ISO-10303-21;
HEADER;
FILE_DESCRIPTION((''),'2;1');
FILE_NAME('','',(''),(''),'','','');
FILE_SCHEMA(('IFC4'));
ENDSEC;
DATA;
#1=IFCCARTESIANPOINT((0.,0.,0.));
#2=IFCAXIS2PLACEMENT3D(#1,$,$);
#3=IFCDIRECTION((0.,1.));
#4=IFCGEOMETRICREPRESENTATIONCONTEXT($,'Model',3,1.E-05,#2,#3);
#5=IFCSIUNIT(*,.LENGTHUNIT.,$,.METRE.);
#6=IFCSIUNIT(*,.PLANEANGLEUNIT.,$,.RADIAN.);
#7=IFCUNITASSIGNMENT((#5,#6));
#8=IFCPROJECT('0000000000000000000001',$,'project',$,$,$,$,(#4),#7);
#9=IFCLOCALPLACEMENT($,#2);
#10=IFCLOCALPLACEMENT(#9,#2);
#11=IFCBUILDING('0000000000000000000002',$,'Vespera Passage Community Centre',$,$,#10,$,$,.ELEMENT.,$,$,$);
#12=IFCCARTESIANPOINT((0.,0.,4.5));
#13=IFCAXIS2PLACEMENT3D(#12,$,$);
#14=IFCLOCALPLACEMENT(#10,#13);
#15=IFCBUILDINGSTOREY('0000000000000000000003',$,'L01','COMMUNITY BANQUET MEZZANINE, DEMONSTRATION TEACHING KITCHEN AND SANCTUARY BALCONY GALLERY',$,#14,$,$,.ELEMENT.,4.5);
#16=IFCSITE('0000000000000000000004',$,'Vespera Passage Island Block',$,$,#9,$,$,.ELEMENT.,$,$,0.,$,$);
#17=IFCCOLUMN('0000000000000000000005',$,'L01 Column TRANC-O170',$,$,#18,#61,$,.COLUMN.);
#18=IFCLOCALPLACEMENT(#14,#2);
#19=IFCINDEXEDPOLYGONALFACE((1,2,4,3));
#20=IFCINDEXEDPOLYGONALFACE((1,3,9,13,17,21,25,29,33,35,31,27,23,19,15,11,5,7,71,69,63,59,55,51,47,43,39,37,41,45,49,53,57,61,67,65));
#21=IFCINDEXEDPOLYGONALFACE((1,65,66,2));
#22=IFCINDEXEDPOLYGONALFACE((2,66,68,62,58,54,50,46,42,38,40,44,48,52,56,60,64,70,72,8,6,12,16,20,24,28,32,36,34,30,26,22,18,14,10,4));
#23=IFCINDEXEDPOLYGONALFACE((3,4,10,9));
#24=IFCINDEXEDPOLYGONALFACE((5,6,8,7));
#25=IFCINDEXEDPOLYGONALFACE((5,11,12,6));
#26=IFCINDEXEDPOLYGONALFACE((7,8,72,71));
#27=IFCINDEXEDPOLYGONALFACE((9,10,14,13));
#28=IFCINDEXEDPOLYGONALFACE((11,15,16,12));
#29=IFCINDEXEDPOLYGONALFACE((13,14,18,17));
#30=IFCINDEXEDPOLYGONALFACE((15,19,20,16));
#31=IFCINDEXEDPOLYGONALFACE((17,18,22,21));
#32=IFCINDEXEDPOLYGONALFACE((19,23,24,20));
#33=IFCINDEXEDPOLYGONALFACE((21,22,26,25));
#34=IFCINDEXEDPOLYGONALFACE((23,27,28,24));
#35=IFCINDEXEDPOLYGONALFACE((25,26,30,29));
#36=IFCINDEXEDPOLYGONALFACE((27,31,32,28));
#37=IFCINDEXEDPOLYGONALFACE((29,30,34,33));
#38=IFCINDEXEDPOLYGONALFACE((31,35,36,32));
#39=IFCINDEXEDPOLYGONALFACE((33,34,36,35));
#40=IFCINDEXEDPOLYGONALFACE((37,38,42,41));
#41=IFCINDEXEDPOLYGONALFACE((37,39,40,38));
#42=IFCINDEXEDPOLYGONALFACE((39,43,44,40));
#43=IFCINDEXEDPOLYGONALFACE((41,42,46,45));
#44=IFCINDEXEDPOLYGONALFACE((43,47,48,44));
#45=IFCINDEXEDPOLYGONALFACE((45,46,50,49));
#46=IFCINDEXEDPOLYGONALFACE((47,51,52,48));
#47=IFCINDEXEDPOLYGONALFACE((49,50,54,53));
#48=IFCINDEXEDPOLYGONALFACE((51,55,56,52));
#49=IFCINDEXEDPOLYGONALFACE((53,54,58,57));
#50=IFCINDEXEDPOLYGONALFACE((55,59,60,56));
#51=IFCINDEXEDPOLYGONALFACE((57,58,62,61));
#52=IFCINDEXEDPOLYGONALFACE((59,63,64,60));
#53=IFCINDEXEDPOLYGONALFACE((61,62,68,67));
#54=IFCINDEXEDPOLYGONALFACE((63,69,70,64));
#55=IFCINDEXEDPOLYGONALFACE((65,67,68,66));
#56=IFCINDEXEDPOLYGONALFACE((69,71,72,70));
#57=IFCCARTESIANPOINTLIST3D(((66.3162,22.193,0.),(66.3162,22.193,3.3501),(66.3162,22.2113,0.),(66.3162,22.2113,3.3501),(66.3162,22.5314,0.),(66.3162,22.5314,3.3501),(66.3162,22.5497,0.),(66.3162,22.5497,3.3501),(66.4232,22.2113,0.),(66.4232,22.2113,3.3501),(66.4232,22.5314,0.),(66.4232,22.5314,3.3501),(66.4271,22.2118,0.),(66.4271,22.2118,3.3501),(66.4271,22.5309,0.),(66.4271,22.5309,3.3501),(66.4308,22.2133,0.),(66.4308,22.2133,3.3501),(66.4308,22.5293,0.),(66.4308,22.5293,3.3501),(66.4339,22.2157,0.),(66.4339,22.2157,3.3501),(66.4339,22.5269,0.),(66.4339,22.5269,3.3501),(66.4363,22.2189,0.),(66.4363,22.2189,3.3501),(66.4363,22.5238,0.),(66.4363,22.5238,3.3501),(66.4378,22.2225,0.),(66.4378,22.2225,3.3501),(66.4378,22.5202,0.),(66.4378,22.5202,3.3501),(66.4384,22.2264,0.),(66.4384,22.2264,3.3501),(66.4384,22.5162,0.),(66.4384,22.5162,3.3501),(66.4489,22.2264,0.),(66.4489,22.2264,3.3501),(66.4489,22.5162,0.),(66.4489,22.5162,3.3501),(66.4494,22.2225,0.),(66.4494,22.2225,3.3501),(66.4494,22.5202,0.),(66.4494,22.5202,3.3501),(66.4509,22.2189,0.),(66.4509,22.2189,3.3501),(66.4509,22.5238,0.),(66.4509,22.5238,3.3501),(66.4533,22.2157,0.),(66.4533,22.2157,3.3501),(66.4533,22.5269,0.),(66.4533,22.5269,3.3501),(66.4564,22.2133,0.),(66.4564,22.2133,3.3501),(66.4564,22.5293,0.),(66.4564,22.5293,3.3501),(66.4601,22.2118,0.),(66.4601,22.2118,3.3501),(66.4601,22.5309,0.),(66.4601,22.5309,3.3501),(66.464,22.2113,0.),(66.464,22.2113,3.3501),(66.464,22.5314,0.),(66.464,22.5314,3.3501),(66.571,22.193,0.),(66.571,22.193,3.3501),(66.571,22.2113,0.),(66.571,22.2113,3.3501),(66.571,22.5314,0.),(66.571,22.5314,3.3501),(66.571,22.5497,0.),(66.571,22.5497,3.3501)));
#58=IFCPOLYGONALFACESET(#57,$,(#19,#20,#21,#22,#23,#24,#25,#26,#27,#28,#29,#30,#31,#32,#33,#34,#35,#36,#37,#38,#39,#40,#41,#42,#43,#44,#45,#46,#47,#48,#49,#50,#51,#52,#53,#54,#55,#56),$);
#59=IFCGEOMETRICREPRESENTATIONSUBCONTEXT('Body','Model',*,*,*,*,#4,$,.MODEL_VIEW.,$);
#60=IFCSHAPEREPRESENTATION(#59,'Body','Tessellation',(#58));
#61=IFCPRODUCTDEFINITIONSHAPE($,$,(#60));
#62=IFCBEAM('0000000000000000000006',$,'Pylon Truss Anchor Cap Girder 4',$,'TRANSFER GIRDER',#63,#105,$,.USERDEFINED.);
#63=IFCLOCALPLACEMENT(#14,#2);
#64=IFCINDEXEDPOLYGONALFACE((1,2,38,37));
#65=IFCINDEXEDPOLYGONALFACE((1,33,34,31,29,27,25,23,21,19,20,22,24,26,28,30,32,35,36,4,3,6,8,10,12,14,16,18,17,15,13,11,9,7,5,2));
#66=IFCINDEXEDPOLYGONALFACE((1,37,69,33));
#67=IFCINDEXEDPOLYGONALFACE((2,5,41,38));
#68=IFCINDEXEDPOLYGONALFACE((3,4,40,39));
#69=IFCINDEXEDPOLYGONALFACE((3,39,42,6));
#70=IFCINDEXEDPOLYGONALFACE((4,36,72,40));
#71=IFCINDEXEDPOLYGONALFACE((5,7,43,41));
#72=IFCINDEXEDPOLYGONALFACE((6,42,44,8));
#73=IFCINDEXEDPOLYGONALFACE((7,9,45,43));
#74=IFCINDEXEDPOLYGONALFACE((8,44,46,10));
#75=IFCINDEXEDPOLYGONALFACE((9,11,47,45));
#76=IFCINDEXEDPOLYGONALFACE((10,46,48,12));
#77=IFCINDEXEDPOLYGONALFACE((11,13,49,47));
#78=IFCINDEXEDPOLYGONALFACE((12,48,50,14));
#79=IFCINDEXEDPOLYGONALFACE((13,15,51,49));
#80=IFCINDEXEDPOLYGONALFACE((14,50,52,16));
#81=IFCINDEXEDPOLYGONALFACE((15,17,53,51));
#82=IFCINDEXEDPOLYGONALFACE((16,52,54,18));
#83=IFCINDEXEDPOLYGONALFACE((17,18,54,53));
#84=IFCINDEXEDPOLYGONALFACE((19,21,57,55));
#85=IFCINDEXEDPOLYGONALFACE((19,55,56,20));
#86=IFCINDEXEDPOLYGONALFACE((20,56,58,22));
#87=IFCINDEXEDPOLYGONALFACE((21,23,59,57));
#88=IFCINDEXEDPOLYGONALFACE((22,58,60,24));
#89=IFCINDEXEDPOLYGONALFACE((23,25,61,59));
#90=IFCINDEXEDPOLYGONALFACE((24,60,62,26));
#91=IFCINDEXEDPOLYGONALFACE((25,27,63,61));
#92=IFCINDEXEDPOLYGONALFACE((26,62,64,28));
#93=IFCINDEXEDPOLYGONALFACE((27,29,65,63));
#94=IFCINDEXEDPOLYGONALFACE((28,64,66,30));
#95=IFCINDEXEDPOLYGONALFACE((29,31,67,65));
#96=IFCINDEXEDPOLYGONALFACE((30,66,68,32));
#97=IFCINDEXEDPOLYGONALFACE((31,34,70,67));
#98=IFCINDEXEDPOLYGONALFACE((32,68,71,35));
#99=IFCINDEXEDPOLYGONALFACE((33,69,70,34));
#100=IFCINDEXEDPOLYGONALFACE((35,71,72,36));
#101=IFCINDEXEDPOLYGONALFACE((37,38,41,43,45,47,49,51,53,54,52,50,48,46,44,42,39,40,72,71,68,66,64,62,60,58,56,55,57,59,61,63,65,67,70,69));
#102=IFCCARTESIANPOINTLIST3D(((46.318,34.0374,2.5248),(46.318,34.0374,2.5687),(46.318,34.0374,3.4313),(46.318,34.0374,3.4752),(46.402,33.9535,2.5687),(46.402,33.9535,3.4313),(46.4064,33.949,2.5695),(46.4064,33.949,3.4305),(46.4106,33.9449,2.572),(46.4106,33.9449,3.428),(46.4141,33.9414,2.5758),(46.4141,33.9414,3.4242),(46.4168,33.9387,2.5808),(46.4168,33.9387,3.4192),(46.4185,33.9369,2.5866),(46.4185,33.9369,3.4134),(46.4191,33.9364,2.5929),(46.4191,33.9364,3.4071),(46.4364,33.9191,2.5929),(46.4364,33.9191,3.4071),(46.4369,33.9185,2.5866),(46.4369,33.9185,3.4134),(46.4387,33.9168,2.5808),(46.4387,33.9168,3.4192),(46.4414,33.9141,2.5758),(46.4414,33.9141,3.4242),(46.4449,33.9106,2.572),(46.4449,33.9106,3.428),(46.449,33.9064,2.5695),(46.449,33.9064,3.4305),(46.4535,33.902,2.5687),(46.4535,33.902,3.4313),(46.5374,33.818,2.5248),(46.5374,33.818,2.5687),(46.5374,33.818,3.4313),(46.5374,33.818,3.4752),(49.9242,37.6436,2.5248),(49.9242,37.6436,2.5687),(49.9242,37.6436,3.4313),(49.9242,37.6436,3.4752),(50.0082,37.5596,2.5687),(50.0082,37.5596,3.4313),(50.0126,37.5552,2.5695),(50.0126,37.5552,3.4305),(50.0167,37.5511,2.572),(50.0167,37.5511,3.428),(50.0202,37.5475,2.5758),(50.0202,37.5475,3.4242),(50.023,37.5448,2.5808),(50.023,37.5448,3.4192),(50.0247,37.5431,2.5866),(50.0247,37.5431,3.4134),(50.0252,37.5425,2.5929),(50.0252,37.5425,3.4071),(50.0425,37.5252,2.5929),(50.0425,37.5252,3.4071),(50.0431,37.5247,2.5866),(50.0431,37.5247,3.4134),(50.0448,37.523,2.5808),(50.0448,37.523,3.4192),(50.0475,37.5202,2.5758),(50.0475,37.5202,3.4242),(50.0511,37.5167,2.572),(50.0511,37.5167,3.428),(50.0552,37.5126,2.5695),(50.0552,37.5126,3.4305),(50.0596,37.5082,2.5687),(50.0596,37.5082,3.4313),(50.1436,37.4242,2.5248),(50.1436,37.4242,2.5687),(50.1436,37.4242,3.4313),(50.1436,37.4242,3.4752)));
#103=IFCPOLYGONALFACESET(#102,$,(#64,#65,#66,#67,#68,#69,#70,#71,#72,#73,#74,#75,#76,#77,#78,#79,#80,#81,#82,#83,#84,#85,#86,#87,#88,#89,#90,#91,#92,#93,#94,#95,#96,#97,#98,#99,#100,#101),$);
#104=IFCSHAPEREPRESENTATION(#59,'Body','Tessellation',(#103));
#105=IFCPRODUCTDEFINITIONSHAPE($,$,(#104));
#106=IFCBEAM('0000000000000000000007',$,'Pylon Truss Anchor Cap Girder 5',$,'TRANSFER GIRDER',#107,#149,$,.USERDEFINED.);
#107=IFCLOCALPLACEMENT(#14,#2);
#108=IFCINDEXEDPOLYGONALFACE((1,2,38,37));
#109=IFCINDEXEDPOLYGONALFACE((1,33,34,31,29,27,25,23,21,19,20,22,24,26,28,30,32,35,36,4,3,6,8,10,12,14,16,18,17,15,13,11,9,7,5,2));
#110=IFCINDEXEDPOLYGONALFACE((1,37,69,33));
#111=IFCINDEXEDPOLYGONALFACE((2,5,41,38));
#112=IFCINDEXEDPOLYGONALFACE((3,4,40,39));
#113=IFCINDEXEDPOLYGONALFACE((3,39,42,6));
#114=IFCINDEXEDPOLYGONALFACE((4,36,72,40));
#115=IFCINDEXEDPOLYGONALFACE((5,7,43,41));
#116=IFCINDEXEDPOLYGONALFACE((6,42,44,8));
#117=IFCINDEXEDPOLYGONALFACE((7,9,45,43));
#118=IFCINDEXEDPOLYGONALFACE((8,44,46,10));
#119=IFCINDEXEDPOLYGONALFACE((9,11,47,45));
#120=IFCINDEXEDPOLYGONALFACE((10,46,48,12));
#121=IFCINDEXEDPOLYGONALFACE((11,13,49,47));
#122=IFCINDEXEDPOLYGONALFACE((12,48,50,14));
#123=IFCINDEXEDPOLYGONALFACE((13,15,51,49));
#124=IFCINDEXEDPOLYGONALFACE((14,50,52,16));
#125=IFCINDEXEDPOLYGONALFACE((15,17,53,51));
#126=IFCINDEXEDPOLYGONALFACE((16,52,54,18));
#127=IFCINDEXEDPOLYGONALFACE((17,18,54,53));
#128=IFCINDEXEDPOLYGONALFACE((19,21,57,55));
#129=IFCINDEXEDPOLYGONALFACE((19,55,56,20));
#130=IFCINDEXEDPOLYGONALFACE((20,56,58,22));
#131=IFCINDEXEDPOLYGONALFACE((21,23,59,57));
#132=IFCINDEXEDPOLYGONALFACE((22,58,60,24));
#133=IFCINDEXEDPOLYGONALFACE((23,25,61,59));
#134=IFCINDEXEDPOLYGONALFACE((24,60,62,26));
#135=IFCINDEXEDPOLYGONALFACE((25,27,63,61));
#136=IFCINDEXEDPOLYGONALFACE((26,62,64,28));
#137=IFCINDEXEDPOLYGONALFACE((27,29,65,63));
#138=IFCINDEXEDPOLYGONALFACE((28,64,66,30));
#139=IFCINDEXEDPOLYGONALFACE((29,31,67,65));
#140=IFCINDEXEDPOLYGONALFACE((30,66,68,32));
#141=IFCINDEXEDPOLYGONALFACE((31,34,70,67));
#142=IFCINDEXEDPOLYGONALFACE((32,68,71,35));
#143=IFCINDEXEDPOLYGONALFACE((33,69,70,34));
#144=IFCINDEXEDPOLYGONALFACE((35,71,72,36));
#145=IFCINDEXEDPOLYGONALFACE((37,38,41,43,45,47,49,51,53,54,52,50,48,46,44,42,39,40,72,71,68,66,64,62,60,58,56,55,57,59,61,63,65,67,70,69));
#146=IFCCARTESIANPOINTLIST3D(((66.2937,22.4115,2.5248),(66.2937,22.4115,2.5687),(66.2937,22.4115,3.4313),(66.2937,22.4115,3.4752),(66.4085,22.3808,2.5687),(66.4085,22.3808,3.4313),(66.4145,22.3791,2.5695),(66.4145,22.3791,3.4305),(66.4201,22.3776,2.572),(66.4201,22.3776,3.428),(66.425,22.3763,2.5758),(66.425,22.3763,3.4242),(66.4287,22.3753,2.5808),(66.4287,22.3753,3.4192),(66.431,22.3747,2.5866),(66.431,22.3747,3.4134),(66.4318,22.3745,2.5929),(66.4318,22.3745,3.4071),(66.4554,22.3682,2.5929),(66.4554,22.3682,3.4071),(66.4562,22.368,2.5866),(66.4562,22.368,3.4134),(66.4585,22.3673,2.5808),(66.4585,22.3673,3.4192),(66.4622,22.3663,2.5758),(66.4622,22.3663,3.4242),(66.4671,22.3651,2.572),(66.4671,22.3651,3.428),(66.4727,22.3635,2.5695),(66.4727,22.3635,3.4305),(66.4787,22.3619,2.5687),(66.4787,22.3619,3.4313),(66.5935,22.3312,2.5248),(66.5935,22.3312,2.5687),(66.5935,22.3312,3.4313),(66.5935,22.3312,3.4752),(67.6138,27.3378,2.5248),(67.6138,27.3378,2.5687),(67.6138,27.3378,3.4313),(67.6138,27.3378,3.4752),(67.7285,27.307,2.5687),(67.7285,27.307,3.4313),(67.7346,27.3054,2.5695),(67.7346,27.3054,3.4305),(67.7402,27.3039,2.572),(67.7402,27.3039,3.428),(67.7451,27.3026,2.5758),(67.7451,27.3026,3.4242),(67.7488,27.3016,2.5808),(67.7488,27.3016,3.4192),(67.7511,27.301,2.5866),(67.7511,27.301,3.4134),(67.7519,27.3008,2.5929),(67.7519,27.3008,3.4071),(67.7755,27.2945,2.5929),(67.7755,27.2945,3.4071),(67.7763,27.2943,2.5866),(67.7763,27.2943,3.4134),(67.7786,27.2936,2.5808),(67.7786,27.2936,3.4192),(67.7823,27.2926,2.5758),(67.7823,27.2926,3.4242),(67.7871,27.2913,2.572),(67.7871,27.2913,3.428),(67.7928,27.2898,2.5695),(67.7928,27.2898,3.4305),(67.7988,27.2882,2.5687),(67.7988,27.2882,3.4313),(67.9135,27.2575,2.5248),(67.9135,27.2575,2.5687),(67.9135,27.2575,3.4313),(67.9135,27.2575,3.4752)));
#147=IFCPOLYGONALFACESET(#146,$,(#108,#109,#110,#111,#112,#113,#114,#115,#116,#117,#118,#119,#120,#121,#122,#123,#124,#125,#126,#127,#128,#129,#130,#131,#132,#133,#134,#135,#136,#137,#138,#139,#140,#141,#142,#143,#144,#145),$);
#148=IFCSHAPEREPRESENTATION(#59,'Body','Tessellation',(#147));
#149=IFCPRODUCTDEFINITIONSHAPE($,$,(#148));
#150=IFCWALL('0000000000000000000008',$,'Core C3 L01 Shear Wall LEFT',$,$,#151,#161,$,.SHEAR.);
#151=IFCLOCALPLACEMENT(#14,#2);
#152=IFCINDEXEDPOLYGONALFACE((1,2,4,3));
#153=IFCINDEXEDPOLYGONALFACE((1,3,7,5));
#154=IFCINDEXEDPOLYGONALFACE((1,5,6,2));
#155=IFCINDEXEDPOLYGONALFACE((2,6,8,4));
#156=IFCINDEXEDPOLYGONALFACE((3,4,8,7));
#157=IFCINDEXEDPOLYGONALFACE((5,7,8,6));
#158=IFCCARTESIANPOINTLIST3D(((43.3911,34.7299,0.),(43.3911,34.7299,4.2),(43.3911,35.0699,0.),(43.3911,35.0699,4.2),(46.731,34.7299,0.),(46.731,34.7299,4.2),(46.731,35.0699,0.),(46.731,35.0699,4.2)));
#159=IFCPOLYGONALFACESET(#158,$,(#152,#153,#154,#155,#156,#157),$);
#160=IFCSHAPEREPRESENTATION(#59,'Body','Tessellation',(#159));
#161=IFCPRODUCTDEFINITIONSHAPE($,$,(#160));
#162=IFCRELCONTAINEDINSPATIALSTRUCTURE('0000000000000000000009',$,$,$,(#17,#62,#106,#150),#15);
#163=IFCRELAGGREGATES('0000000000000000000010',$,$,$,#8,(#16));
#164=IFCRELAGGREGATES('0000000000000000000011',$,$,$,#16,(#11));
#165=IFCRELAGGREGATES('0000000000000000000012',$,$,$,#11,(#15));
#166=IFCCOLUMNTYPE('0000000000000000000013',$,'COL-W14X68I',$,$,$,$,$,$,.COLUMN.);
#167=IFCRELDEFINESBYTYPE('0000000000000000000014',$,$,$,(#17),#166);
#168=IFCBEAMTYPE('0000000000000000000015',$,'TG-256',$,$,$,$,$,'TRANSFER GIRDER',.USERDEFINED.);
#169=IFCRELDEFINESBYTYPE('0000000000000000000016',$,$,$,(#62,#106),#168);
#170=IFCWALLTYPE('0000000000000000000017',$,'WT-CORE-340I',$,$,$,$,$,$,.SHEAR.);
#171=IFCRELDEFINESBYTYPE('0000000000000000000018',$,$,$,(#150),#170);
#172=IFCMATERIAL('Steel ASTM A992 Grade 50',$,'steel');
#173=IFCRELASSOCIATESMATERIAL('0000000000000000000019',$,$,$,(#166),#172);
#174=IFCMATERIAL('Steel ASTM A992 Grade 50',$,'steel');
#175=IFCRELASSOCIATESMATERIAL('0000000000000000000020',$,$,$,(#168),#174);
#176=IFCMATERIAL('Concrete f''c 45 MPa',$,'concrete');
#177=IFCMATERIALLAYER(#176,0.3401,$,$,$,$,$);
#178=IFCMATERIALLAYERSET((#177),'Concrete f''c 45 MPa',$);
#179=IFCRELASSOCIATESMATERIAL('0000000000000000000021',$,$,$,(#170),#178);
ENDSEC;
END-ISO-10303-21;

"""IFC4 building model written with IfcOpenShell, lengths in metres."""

from ifc_helpers import new_model, si_unit, direction, frame, frame_2d, origin, origin_2d, place, context, subcontext, project, spatial, rectangle, i_section, extrude, material, layer, layer_set, material_profile, profile_set, type_object, element, save


model = new_model("IFC4")

# Units and contexts
model_context = context("Model", 3, precision=1e-05, world=origin(), true_north=direction((0.0, 1.0)))
body_context = subcontext(model_context, "Body", "Model", "MODEL_VIEW")
ifc_project = project(units=[si_unit("LENGTHUNIT", "METRE"), si_unit("PLANEANGLEUNIT", "RADIAN")], contexts=[model_context])

# Site, building, storey
site_placement = place(None, origin())
site = spatial("IfcSite", under=ifc_project, at=site_placement, Name="Vespera Passage Island Block", CompositionType="ELEMENT", RefElevation=0.0)
building_placement = place(site_placement, origin())
building = spatial("IfcBuilding", under=site, at=building_placement, Name="Vespera Passage Community Centre", CompositionType="ELEMENT")
storey_placement = place(building_placement, frame((0.0, 0.0, 4.5)))
storey = spatial("IfcBuildingStorey", under=building, at=storey_placement, Name="L01", Description="COMMUNITY BANQUET MEZZANINE, DEMONSTRATION TEACHING KITCHEN AND SANCTUARY BALCONY GALLERY", CompositionType="ELEMENT", Elevation=4.5)

# Column
ifc_material_1 = material(Name="Steel ASTM A992 Grade 50", Category="steel")
ifc_material_profile_1 = material_profile(ifc_material_1, i_section(OverallWidth=0.2549, OverallDepth=0.3567, WebThickness=0.0105, FlangeThickness=0.0183, FilletRadius=0.0151, at=origin_2d()), Name="W14X68")
ifc_profile_set_1 = profile_set([ifc_material_profile_1], Name="Steel ASTM A992 Grade 50")
column_type_1 = type_object("IfcColumnType", Name="COL-W14X68I", PredefinedType="COLUMN", material=ifc_profile_set_1)
for number, where, z_axis, x_axis, name in (
    (1, (66.4436, 22.3713, 0.0), (0.0, 0.0, 1.0), (1.0, 0.0, 0.0), "L01 Column TRANC-O170"),
):
    element("IfcColumn", number, at=place(storey_placement, frame(where, z_axis=z_axis, x_axis=x_axis)), inside=storey, type_object=column_type_1, Name=name, PredefinedType="COLUMN", context=body_context, shape_type="SweptSolid", body=[
        extrude(i_section(OverallWidth=0.2549, OverallDepth=0.3567, WebThickness=0.0105, FlangeThickness=0.0183, FilletRadius=0.0151, at=origin_2d()), origin(), (0.0, 0.0, 1.0), 3.3501),
    ])

# Beams
ifc_material_2 = material(Name="Steel ASTM A992 Grade 50", Category="steel")
ifc_material_profile_2 = material_profile(ifc_material_2, i_section(OverallWidth=0.3103, OverallDepth=0.9504, WebThickness=0.0244, FlangeThickness=0.0439, FilletRadius=0.0242, at=origin_2d()), Name="W36X256")
ifc_profile_set_2 = profile_set([ifc_material_profile_2], Name="Steel ASTM A992 Grade 50")
beam_type = type_object("IfcBeamType", Name="TG-256", ElementType="TRANSFER GIRDER", PredefinedType="USERDEFINED", material=ifc_profile_set_2)
beam_1_placement = place(storey_placement, frame((46.4277, 33.9277, 3.0), z_axis=(0.707107, 0.707107, 0.0), x_axis=(-0.707107, 0.707107, 0.0)))
element("IfcBeam", 2, at=beam_1_placement, inside=storey, type_object=beam_type, Name="Pylon Truss Anchor Cap Girder 4", ObjectType="TRANSFER GIRDER", PredefinedType="USERDEFINED", context=body_context, shape_type="SweptSolid", body=[
    extrude(i_section(OverallWidth=0.3103, OverallDepth=0.9504, WebThickness=0.0244, FlangeThickness=0.0439, FilletRadius=0.0242, at=origin_2d()), origin(), (0.0, 0.0, 1.0), 5.0999),
])
beam_2_placement = place(storey_placement, frame((66.4436, 22.3713, 3.0), z_axis=(0.258833, 0.965922, 0.0), x_axis=(-0.965922, 0.258833, 0.0)))
element("IfcBeam", 3, at=beam_2_placement, inside=storey, type_object=beam_type, Name="Pylon Truss Anchor Cap Girder 5", ObjectType="TRANSFER GIRDER", PredefinedType="USERDEFINED", context=body_context, shape_type="SweptSolid", body=[
    extrude(i_section(OverallWidth=0.3103, OverallDepth=0.9504, WebThickness=0.0244, FlangeThickness=0.0439, FilletRadius=0.0242, at=origin_2d()), origin(), (0.0, 0.0, 1.0), 5.1001),
])

# Wall
ifc_material_3 = material(Name="Concrete f'c 45 MPa", Category="concrete")
ifc_layer_1 = layer(ifc_material_3, 0.3401)
ifc_layer_set_1 = layer_set([ifc_layer_1], Name="Concrete f'c 45 MPa")
wall_type_1 = type_object("IfcWallType", Name="WT-CORE-340I", PredefinedType="SHEAR", material=ifc_layer_set_1)
wall_1_placement = place(storey_placement, frame((46.731, 34.8999, 0.0), z_axis=(0.0, 0.0, 1.0), x_axis=(-1.0, 0.0, 0.0)))
element("IfcWall", 4, at=wall_1_placement, inside=storey, type_object=wall_type_1, Name="Core C3 L01 Shear Wall LEFT", PredefinedType="SHEAR", context=body_context, shape_type="SweptSolid", body=[
    extrude(rectangle(XDim=3.3398, YDim=0.3401, at=frame_2d((1.6699, 0.0))), origin(), (0.0, 0.0, 1.0), 4.2),
])

save(model, "model.ifc")
